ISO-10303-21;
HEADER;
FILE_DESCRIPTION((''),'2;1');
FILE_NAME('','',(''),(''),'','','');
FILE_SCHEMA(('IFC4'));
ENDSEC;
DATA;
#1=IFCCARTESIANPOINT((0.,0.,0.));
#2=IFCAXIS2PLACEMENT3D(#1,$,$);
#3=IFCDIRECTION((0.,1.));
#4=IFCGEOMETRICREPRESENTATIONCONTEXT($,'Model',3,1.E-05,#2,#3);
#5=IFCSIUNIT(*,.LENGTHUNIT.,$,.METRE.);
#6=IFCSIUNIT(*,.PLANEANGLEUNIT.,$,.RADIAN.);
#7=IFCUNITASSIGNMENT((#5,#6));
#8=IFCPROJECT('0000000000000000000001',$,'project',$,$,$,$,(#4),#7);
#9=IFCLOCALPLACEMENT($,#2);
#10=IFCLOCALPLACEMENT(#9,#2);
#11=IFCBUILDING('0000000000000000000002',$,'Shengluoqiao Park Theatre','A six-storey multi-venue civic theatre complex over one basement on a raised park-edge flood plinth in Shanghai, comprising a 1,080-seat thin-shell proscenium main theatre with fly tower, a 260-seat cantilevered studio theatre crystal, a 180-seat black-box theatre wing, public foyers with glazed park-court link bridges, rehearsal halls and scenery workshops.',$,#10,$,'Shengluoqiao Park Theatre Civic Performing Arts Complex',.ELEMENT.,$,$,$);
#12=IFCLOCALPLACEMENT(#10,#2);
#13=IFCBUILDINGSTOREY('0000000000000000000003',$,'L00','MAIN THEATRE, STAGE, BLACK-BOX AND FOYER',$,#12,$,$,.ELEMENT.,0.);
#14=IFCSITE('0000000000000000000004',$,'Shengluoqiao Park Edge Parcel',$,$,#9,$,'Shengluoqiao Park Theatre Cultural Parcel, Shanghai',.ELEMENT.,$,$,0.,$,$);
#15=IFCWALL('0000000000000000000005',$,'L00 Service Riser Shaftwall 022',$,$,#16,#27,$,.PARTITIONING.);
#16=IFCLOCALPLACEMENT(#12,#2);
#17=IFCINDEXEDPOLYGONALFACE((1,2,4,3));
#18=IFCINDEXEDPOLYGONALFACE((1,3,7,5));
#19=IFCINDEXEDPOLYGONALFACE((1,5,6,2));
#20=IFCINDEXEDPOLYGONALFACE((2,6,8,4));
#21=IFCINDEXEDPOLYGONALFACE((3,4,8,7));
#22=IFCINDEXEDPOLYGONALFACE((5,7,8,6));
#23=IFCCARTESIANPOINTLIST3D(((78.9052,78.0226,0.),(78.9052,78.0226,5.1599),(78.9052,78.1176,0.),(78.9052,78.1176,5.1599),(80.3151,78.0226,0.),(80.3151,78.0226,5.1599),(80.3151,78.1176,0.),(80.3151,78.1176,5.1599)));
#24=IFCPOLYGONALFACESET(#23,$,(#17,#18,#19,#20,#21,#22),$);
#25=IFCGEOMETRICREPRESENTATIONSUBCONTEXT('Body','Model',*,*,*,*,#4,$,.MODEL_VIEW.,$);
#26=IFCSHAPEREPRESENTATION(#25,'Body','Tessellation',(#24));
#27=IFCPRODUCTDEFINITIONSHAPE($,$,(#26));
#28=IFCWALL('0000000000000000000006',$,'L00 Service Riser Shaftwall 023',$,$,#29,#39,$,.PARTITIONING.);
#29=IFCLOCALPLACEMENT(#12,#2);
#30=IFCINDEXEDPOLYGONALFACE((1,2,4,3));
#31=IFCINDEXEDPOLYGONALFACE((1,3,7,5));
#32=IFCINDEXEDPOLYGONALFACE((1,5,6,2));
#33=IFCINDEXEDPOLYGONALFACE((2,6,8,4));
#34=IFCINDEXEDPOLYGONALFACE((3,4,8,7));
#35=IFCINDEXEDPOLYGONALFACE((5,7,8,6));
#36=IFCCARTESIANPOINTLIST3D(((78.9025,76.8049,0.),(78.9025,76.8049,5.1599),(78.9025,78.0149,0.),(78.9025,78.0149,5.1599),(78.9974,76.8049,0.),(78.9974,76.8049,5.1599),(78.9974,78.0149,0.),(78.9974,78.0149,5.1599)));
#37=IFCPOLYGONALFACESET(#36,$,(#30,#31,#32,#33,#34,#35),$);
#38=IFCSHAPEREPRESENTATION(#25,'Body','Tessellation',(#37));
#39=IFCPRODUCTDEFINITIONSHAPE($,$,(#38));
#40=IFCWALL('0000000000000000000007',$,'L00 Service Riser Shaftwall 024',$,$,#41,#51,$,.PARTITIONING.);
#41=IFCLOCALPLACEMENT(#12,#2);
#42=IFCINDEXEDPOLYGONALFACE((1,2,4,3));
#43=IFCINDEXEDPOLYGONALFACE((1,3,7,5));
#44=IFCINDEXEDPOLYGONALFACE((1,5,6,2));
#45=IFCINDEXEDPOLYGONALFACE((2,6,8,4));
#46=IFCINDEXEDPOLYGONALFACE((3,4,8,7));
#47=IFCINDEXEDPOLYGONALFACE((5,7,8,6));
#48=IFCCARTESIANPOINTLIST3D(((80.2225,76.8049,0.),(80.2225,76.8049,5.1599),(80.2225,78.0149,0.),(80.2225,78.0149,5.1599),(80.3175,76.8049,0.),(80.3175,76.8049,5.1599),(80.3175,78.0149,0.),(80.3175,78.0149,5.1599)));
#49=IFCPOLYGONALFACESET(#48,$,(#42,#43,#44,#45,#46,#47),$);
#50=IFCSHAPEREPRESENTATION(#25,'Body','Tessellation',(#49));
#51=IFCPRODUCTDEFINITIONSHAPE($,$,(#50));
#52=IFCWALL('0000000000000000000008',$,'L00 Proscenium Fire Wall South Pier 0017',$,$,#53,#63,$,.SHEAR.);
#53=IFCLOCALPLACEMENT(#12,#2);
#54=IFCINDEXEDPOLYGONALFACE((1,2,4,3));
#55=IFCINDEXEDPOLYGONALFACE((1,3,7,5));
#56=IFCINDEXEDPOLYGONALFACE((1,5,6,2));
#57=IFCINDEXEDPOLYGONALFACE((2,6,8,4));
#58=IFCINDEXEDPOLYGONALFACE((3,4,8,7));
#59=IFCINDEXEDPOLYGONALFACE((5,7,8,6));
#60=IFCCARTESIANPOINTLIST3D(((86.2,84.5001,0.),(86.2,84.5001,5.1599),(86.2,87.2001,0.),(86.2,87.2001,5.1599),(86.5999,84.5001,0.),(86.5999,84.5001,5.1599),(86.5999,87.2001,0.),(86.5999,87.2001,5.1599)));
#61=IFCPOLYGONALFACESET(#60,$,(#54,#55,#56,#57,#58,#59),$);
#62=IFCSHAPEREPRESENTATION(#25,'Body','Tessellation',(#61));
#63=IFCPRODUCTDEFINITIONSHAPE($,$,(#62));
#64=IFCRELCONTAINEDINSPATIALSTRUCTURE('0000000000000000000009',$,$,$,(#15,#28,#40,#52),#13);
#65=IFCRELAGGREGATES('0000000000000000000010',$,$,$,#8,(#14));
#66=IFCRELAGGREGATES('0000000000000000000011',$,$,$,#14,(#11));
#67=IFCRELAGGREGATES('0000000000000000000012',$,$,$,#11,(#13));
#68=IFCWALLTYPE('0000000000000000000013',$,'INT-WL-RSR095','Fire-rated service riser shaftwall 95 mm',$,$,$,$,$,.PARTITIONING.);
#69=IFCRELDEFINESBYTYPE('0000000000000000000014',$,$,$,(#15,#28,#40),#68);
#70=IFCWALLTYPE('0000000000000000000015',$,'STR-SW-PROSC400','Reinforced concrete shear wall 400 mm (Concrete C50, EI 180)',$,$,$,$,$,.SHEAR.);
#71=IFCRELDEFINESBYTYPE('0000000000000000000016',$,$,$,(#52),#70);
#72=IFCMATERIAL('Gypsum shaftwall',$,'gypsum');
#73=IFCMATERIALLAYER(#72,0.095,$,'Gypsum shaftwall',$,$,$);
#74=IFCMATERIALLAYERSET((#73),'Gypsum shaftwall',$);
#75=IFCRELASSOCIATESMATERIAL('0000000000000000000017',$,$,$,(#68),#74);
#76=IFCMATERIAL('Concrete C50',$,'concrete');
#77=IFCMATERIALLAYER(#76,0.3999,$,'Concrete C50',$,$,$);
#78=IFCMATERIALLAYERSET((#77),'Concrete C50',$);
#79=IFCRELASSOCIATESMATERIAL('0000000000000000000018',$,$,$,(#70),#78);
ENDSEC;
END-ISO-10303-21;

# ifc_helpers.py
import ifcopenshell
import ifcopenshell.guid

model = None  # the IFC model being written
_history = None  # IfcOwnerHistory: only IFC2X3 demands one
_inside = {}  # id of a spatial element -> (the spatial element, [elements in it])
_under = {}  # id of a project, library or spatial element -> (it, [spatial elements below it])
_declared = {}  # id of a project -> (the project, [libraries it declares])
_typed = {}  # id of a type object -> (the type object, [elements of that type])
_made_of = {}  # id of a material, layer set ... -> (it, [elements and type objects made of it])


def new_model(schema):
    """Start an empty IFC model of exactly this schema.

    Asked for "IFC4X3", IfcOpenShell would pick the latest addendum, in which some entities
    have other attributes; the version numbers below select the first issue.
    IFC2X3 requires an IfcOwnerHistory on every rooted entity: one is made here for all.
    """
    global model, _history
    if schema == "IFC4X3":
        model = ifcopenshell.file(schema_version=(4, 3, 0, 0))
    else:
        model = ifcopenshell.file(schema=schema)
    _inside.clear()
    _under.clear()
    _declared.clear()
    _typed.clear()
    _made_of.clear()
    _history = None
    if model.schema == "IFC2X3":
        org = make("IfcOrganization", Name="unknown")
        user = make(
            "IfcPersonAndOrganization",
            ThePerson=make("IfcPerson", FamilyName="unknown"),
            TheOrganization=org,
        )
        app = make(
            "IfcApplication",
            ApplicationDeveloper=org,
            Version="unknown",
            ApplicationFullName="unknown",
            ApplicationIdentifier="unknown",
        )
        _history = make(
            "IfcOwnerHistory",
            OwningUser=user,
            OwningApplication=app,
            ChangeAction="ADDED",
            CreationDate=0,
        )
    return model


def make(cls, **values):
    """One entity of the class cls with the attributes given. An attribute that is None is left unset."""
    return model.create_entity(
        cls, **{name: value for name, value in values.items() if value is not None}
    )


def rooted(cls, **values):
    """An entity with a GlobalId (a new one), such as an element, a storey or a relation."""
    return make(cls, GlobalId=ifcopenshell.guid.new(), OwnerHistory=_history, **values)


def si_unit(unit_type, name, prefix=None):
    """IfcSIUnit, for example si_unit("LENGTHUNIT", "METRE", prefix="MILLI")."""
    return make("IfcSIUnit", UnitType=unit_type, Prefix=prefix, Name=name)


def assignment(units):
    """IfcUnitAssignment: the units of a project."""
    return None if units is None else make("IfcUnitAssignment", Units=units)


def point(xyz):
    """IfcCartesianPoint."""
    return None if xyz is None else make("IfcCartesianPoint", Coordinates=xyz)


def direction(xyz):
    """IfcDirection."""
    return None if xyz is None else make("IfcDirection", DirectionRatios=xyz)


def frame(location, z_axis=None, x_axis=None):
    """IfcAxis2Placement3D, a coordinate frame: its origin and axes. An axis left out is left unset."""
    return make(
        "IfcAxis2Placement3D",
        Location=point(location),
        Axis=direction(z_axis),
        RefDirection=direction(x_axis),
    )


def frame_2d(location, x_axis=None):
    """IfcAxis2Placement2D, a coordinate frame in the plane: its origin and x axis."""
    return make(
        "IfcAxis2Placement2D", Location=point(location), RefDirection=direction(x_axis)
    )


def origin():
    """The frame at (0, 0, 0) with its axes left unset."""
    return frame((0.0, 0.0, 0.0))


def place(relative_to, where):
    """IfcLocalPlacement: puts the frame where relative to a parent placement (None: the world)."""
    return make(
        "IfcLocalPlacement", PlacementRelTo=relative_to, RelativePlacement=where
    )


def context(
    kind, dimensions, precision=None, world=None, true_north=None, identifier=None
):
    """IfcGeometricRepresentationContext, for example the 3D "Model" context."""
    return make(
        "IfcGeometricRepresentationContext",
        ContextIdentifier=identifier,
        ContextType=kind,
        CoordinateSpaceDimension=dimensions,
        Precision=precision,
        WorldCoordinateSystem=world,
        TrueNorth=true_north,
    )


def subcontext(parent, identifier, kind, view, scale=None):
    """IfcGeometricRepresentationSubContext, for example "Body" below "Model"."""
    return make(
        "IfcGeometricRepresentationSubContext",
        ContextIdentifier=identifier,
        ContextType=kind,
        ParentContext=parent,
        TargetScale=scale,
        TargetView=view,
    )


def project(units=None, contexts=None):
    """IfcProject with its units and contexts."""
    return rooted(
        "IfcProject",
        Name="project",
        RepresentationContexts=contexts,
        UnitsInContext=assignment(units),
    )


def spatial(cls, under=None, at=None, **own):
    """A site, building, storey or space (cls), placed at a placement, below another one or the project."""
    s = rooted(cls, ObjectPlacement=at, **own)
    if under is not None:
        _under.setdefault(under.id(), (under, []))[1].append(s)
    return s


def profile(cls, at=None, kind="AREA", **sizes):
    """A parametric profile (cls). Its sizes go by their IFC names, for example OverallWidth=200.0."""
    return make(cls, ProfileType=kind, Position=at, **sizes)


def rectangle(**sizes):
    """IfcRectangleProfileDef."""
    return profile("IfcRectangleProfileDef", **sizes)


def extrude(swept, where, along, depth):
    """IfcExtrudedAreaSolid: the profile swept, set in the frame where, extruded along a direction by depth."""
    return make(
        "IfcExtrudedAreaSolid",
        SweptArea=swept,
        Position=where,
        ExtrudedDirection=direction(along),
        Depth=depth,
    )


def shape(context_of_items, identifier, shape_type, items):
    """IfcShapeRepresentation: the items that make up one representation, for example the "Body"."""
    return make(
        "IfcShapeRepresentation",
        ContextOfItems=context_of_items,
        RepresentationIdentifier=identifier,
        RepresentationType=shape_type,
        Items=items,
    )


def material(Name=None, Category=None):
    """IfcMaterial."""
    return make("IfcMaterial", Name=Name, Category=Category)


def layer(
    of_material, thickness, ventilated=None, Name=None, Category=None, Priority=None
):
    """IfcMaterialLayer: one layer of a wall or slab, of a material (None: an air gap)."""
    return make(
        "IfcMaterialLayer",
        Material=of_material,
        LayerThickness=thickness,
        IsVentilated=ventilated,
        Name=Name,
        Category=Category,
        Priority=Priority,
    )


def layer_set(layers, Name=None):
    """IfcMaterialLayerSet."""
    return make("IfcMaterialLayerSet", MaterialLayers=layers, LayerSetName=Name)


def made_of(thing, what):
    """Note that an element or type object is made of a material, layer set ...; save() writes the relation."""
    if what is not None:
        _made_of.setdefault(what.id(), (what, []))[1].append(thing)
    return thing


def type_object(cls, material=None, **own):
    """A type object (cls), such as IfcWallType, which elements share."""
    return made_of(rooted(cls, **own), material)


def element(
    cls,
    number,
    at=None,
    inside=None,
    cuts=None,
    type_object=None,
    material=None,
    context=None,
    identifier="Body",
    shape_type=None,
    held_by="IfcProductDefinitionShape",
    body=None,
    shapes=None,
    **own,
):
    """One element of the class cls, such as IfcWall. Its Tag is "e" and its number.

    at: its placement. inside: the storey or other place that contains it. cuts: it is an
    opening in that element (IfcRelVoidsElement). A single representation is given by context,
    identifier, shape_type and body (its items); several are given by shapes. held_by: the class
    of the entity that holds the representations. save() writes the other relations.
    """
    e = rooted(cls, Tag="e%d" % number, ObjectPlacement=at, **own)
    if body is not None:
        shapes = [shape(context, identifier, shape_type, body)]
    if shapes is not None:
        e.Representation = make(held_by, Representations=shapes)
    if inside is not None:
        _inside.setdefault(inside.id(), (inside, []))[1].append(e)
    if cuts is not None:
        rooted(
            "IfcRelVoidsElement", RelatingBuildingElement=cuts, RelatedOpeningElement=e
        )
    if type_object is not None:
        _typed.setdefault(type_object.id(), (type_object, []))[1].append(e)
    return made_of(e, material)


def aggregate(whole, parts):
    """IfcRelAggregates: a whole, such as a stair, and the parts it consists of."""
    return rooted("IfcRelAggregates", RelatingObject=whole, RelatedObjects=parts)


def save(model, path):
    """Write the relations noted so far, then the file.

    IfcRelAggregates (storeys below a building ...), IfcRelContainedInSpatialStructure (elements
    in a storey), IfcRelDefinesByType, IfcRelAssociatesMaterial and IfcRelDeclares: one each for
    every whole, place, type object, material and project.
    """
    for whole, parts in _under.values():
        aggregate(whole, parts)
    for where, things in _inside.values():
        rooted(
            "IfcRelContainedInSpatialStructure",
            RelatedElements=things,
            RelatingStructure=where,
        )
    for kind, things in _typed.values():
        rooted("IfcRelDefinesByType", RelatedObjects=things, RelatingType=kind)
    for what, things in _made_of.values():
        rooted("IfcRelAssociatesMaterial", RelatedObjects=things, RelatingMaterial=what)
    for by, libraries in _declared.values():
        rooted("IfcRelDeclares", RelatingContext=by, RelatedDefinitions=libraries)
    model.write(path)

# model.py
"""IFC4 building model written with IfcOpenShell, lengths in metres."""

from ifc_helpers import new_model, si_unit, direction, frame, frame_2d, origin, place, context, subcontext, project, spatial, rectangle, extrude, material, layer, layer_set, type_object, element, save


model = new_model("IFC4")

# Units and contexts
model_context = context("Model", 3, precision=1e-05, world=origin(), true_north=direction((0.0, 1.0)))
body_context = subcontext(model_context, "Body", "Model", "MODEL_VIEW")
ifc_project = project(units=[si_unit("LENGTHUNIT", "METRE"), si_unit("PLANEANGLEUNIT", "RADIAN")], contexts=[model_context])

# Site, building, storey
site_placement = place(None, origin())
site = spatial("IfcSite", under=ifc_project, at=site_placement, Name="Shengluoqiao Park Edge Parcel", LongName="Shengluoqiao Park Theatre Cultural Parcel, Shanghai", CompositionType="ELEMENT", RefElevation=0.0)
building_placement = place(site_placement, origin())
building = spatial("IfcBuilding", under=site, at=building_placement, Name="Shengluoqiao Park Theatre", Description="A six-storey multi-venue civic theatre complex over one basement on a raised park-edge flood plinth in Shanghai, comprising a 1,080-seat thin-shell proscenium main theatre with fly tower, a 260-seat cantilevered studio theatre crystal, a 180-seat black-box theatre wing, public foyers with glazed park-court link bridges, rehearsal halls and scenery workshops.", LongName="Shengluoqiao Park Theatre Civic Performing Arts Complex", CompositionType="ELEMENT")
storey_placement = place(building_placement, origin())
storey = spatial("IfcBuildingStorey", under=building, at=storey_placement, Name="L00", Description="MAIN THEATRE, STAGE, BLACK-BOX AND FOYER", CompositionType="ELEMENT", Elevation=0.0)

# Shared definitions
ifc_material_1 = material(Name="Concrete C50", Category="concrete")

# Walls
ifc_material_2 = material(Name="Gypsum shaftwall", Category="gypsum")
ifc_layer_1 = layer(ifc_material_2, 0.095, Name="Gypsum shaftwall")
ifc_layer_set_1 = layer_set([ifc_layer_1], Name="Gypsum shaftwall")
wall_type_1 = type_object("IfcWallType", Name="INT-WL-RSR095", Description="Fire-rated service riser shaftwall 95 mm", PredefinedType="PARTITIONING", material=ifc_layer_set_1)
for number, where, z_axis, x_axis, name in (
    (1, (78.905, 78.0701, 0.0), (0.0, 0.0, 1.0), (1.0, 0.0, 0.0), "L00 Service Riser Shaftwall 022"),
):
    element("IfcWall", number, at=place(storey_placement, frame(where, z_axis=z_axis, x_axis=x_axis)), inside=storey, type_object=wall_type_1, Name=name, PredefinedType="PARTITIONING", context=body_context, shape_type="SweptSolid", body=[
        extrude(rectangle(XDim=1.4099, YDim=0.095, at=frame_2d((0.7051, 0.0))), origin(), (0.0, 0.0, 1.0), 5.1599),
    ])
for number, where, z_axis, x_axis, name in (
    (2, (78.95, 76.8049, 0.0), (0.0, 0.0, 1.0), (0.0, 1.0, 0.0), "L00 Service Riser Shaftwall 023"),
    (3, (80.27, 76.8049, 0.0), (0.0, 0.0, 1.0), (0.0, 1.0, 0.0), "L00 Service Riser Shaftwall 024"),
):
    element("IfcWall", number, at=place(storey_placement, frame(where, z_axis=z_axis, x_axis=x_axis)), inside=storey, type_object=wall_type_1, Name=name, PredefinedType="PARTITIONING", context=body_context, shape_type="SweptSolid", body=[
        extrude(rectangle(XDim=1.21, YDim=0.095, at=frame_2d((0.605, 0.0))), origin(), (0.0, 0.0, 1.0), 5.1599),
    ])
ifc_layer_2 = layer(ifc_material_1, 0.3999, Name="Concrete C50")
ifc_layer_set_2 = layer_set([ifc_layer_2], Name="Concrete C50")
wall_type_2 = type_object("IfcWallType", Name="STR-SW-PROSC400", Description="Reinforced concrete shear wall 400 mm (Concrete C50, EI 180)", PredefinedType="SHEAR", material=ifc_layer_set_2)
wall_1_placement = place(storey_placement, frame((86.3999, 84.5, 0.0), z_axis=(0.0, 0.0, 1.0), x_axis=(0.0, 1.0, 0.0)))
element("IfcWall", 4, at=wall_1_placement, inside=storey, type_object=wall_type_2, Name="L00 Proscenium Fire Wall South Pier 0017", PredefinedType="SHEAR", context=body_context, shape_type="SweptSolid", body=[
    extrude(rectangle(XDim=2.7, YDim=0.3999, at=frame_2d((1.3501, 0.0))), origin(), (0.0, 0.0, 1.0), 5.1599),
])

save(model, "model.ifc")
